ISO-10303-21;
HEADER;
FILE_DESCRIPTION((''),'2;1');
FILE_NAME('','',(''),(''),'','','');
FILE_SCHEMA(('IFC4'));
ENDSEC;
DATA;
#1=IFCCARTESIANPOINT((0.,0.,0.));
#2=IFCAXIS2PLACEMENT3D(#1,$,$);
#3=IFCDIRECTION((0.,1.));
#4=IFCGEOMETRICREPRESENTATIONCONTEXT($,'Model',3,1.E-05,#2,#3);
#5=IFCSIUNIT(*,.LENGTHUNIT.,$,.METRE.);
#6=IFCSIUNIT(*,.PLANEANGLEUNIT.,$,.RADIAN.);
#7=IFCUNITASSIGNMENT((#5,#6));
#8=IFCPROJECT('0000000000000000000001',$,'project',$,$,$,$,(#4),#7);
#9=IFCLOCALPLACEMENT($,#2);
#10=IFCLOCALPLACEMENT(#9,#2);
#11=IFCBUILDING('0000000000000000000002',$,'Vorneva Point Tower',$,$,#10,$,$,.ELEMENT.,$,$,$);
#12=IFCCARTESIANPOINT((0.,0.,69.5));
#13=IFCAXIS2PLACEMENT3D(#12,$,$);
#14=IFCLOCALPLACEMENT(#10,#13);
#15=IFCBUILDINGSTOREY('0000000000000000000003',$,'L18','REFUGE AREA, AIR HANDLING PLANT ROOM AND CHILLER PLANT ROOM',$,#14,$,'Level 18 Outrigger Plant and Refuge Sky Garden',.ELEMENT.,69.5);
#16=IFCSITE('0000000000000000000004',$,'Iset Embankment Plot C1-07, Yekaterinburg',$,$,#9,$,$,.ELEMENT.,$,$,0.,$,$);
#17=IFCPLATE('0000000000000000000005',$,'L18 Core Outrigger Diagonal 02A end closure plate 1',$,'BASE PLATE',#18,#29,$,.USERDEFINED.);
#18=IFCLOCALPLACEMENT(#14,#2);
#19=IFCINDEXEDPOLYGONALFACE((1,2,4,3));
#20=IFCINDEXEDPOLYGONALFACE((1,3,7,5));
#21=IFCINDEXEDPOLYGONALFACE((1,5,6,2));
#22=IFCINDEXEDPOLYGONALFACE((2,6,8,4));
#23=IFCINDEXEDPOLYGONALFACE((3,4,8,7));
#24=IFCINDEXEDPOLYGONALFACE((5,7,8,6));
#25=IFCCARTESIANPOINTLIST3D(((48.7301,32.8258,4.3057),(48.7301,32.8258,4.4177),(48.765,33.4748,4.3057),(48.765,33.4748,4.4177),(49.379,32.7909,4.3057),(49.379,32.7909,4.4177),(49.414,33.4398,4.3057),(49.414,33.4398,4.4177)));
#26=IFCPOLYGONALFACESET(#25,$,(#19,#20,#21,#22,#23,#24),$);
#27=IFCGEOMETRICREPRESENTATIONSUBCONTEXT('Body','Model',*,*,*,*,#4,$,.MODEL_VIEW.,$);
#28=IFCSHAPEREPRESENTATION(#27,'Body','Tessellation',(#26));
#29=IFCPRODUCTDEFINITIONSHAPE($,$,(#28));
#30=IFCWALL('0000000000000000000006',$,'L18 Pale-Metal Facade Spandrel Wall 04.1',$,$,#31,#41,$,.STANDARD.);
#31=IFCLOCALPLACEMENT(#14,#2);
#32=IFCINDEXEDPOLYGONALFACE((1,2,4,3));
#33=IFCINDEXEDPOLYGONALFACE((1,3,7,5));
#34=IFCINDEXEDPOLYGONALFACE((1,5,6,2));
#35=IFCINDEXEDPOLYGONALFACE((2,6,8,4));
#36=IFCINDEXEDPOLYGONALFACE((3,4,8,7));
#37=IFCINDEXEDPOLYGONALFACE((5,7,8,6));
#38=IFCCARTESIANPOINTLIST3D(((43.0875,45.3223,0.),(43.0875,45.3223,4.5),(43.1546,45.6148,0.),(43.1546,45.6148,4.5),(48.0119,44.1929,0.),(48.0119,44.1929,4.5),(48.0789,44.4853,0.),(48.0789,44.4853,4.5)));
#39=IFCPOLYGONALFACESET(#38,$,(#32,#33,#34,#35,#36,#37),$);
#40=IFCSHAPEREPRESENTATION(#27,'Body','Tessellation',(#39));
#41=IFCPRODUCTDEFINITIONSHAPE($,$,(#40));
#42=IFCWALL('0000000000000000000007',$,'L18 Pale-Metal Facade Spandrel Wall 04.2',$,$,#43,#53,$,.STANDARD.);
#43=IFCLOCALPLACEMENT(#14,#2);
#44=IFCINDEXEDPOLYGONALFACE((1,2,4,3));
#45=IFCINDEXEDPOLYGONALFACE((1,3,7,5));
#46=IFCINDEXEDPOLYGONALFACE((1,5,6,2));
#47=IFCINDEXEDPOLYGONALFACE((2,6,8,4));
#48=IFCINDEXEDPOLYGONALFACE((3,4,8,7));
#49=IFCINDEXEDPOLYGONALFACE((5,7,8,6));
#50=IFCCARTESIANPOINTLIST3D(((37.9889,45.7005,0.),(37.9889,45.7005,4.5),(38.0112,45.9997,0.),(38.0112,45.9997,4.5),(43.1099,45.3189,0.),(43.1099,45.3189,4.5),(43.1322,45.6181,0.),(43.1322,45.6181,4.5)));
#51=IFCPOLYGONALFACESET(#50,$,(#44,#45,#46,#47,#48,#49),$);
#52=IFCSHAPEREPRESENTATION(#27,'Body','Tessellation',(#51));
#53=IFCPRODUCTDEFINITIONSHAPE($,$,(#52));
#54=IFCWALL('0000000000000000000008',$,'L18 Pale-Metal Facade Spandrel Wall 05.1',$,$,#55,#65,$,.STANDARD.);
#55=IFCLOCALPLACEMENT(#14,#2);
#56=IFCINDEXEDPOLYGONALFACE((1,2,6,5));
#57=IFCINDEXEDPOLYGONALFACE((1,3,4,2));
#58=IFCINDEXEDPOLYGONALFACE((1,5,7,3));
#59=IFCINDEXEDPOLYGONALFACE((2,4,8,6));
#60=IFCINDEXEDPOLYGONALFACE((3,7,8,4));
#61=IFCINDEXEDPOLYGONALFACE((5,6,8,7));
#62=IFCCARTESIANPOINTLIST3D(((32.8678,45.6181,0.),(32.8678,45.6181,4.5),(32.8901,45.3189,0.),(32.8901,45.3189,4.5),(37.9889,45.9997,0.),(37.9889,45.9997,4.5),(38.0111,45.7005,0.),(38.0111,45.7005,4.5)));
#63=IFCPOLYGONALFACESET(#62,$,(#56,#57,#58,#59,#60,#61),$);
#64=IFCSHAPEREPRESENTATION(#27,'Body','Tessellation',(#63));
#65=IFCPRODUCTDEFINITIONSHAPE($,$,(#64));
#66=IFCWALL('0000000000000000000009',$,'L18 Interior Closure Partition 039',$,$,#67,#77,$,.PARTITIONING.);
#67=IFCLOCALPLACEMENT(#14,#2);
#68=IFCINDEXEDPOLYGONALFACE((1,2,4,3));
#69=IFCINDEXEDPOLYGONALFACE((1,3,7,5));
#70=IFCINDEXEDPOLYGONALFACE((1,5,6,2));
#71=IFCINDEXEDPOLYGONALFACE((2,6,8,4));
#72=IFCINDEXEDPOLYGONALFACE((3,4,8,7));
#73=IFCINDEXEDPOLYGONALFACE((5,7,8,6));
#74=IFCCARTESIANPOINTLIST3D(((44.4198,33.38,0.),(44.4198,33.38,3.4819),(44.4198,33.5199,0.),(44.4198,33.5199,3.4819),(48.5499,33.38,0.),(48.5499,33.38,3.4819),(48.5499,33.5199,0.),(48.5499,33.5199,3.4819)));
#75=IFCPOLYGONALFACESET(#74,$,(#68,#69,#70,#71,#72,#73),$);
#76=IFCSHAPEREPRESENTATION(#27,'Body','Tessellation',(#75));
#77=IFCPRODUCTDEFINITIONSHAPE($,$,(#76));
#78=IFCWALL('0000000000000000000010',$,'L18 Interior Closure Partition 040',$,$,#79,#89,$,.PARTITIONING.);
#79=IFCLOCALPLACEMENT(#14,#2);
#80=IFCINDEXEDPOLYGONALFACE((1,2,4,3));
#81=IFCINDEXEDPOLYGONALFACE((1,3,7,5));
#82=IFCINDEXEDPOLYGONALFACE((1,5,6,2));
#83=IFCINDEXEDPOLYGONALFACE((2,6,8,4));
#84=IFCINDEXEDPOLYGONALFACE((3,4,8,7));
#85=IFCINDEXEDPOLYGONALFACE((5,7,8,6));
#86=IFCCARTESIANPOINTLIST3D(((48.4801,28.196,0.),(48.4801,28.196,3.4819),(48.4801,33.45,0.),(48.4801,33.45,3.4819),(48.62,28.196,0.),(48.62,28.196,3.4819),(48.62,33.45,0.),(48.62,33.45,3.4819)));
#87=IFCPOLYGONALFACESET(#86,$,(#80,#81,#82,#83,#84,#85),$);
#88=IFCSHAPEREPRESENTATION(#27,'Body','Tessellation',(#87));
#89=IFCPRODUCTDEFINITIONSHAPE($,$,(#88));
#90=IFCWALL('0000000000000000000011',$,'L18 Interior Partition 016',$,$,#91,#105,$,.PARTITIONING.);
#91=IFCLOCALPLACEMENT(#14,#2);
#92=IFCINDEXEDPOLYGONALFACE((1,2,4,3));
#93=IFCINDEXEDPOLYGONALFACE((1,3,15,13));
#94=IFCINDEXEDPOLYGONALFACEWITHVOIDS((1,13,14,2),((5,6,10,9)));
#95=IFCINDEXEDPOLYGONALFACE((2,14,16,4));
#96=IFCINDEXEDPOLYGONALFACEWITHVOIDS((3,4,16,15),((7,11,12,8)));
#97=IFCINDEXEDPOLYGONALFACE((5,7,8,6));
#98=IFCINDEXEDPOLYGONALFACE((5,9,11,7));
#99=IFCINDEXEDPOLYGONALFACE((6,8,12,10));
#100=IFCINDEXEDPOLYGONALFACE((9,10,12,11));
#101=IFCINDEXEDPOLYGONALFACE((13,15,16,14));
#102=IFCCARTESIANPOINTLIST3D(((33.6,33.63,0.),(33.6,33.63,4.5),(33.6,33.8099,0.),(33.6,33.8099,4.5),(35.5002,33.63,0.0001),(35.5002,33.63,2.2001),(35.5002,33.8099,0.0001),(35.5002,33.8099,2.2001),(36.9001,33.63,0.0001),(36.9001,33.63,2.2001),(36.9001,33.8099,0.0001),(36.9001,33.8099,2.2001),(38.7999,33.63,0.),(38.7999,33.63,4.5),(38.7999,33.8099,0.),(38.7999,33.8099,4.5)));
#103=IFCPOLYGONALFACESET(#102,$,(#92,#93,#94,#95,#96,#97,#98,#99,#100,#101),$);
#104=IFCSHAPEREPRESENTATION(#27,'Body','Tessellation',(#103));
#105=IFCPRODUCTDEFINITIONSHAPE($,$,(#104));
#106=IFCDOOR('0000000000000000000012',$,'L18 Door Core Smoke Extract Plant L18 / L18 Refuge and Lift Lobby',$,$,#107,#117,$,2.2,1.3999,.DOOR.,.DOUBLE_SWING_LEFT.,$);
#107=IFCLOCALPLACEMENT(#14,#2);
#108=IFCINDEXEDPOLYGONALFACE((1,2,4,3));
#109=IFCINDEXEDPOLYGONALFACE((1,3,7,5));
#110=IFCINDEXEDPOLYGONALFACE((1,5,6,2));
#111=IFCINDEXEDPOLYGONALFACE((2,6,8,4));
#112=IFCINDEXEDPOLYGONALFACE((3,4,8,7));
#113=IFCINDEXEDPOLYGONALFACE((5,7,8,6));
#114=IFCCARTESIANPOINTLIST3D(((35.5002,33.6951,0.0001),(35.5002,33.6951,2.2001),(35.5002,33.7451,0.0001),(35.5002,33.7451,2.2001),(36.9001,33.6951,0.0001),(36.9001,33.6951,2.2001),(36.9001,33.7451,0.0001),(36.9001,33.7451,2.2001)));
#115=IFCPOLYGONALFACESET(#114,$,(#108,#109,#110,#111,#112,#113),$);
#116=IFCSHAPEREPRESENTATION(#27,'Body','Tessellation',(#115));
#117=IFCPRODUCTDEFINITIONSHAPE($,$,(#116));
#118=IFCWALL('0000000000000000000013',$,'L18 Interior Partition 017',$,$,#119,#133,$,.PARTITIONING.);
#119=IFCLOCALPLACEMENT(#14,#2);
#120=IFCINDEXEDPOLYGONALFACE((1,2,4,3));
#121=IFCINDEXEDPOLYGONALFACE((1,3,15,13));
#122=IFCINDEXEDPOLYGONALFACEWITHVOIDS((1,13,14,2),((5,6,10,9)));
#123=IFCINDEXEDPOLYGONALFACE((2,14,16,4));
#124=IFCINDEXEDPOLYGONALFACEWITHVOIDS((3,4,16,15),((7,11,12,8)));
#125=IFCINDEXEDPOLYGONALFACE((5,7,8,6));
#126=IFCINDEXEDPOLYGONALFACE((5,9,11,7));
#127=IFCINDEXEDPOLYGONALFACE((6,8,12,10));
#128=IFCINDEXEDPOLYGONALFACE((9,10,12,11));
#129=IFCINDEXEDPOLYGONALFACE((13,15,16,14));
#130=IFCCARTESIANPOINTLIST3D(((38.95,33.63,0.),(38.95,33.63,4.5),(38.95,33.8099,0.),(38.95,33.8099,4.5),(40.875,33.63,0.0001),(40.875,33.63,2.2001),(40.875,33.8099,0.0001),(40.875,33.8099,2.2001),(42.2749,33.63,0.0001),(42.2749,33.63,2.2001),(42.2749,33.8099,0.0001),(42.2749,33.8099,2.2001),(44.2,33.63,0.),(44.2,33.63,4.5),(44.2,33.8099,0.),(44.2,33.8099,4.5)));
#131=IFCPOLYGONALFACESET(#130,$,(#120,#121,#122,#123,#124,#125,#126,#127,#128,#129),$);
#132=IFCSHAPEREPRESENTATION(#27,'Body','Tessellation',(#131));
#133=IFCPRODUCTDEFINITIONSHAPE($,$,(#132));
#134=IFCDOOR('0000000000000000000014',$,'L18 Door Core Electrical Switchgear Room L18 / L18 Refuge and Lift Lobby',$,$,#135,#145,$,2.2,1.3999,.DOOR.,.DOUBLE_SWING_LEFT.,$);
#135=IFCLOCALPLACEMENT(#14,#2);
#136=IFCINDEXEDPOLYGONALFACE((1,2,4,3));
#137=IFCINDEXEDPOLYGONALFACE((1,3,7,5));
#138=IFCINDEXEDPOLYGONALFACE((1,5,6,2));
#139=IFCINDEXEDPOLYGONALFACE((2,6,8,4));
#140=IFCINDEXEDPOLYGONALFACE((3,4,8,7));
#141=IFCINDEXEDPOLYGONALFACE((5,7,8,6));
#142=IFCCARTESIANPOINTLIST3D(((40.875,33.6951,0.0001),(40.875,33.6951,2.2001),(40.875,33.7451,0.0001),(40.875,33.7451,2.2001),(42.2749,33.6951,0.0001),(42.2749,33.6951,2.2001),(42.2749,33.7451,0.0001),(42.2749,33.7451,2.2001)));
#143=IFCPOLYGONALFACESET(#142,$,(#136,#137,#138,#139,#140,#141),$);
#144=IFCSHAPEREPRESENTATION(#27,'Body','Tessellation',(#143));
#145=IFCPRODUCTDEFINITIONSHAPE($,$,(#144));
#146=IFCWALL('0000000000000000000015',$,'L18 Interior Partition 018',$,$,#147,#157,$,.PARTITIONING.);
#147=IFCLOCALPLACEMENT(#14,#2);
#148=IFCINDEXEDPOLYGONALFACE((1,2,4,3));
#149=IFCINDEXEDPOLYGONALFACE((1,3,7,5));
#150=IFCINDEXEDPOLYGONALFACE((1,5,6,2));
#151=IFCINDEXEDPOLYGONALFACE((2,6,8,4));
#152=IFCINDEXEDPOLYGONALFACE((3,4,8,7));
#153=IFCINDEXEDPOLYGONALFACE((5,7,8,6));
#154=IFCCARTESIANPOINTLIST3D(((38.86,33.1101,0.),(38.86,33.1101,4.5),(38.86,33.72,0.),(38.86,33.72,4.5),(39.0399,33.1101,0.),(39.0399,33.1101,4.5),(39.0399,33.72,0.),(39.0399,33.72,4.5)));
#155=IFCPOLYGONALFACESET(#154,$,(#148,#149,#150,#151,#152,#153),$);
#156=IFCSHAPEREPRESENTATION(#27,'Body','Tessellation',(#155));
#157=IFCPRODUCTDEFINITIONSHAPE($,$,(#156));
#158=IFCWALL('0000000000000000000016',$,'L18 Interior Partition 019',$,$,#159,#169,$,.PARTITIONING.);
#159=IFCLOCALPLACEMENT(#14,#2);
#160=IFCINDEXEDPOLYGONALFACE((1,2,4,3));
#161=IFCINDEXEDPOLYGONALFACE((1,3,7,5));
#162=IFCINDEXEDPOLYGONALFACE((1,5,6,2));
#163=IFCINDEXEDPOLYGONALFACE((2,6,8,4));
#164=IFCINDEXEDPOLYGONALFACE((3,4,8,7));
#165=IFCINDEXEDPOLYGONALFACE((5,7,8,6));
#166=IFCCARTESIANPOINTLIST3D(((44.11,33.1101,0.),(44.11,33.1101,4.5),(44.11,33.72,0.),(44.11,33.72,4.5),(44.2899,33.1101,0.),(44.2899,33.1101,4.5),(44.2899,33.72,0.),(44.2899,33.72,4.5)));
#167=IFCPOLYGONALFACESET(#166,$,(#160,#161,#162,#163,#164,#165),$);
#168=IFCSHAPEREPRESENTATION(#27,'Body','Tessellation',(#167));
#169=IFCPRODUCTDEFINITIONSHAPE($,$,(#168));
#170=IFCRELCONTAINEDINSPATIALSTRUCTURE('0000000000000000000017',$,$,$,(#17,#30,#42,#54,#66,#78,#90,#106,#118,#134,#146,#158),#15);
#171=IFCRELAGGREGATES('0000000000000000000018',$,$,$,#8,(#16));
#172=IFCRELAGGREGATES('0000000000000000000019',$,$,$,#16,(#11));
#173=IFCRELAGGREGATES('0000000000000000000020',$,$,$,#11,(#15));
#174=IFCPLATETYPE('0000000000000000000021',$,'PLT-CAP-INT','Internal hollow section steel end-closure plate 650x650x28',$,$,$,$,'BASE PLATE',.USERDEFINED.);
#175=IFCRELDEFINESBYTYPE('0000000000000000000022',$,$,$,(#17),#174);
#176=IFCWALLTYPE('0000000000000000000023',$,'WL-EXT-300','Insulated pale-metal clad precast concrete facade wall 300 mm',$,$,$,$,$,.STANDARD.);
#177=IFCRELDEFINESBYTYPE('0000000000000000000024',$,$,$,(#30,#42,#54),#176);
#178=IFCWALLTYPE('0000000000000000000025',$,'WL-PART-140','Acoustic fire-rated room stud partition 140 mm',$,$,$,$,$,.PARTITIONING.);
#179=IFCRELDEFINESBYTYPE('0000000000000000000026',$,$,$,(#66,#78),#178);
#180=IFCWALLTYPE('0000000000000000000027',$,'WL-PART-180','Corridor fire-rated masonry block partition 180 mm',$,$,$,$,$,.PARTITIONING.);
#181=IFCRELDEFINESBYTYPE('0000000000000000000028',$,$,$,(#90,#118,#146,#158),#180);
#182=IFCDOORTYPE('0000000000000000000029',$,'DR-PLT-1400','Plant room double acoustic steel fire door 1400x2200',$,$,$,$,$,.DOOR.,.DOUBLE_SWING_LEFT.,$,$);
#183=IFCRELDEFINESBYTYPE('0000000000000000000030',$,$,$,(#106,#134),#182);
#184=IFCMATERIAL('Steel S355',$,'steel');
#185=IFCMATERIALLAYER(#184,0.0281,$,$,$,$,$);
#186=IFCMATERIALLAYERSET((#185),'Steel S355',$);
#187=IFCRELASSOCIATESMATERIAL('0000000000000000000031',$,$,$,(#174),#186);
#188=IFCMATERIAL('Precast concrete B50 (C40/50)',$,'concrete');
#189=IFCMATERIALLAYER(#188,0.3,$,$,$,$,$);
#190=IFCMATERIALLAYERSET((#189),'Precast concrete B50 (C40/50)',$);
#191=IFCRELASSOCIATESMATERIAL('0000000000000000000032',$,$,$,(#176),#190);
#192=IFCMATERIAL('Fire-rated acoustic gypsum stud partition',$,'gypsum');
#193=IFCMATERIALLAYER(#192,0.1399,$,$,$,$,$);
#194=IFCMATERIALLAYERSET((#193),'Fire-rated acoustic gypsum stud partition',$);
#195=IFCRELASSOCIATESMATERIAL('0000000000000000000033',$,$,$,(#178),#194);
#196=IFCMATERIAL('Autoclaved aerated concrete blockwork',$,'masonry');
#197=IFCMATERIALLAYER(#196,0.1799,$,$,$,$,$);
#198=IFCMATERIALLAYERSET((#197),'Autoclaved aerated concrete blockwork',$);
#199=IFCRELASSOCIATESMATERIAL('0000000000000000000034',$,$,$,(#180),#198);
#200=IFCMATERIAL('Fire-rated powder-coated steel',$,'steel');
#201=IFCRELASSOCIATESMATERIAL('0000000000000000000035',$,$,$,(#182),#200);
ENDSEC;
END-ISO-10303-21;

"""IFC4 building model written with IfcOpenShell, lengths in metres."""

from ifc_helpers import new_model, si_unit, direction, frame, frame_2d, origin, origin_2d, place, context, subcontext, project, spatial, rectangle, extrude, material, layer, layer_set, type_object, element, fill, save


model = new_model("IFC4")

# Units and contexts
model_context = context("Model", 3, precision=1e-05, world=origin(), true_north=direction((0.0, 1.0)))
body_context = subcontext(model_context, "Body", "Model", "MODEL_VIEW")
ifc_project = project(units=[si_unit("LENGTHUNIT", "METRE"), si_unit("PLANEANGLEUNIT", "RADIAN")], contexts=[model_context])

# Site, building, storey
site_placement = place(None, origin())
site = spatial("IfcSite", under=ifc_project, at=site_placement, Name="Iset Embankment Plot C1-07, Yekaterinburg", CompositionType="ELEMENT", RefElevation=0.0)
building_placement = place(site_placement, origin())
building = spatial("IfcBuilding", under=site, at=building_placement, Name="Vorneva Point Tower", CompositionType="ELEMENT")
storey_placement = place(building_placement, frame((0.0, 0.0, 69.5)))
storey = spatial("IfcBuildingStorey", under=building, at=storey_placement, Name="L18", Description="REFUGE AREA, AIR HANDLING PLANT ROOM AND CHILLER PLANT ROOM", LongName="Level 18 Outrigger Plant and Refuge Sky Garden", CompositionType="ELEMENT", Elevation=69.5)

# Shared definitions
ifc_material_1 = material(Name="Steel S355", Category="steel")

# Plate
ifc_layer_1 = layer(ifc_material_1, 0.0281)
ifc_layer_set_1 = layer_set([ifc_layer_1], Name="Steel S355")
plate_type = type_object("IfcPlateType", Name="PLT-CAP-INT", Description="Internal hollow section steel end-closure plate 650x650x28", ElementType="BASE PLATE", PredefinedType="USERDEFINED", material=ifc_layer_set_1)
plate_placement = place(storey_placement, frame((49.072, 33.1328, 4.3057), z_axis=(0.0, 0.0, 1.0), x_axis=(0.998554, -0.053765, 0.0)))
element("IfcPlate", 1, at=plate_placement, inside=storey, type_object=plate_type, Name="L18 Core Outrigger Diagonal 02A end closure plate 1", ObjectType="BASE PLATE", PredefinedType="USERDEFINED", context=body_context, shape_type="SweptSolid", body=[
    extrude(rectangle(XDim=0.6499, YDim=0.6499, at=origin_2d()), origin(), (0.0, 0.0, 1.0), 0.1121),
])

# Walls
ifc_material_2 = material(Name="Precast concrete B50 (C40/50)", Category="concrete")
ifc_layer_2 = layer(ifc_material_2, 0.3)
ifc_layer_set_2 = layer_set([ifc_layer_2], Name="Precast concrete B50 (C40/50)")
wall_type_1 = type_object("IfcWallType", Name="WL-EXT-300", Description="Insulated pale-metal clad precast concrete facade wall 300 mm", PredefinedType="STANDARD", material=ifc_layer_set_2)
wall_1_placement = place(storey_placement, frame((48.0454, 44.3391, 0.0), z_axis=(0.0, 0.0, 1.0), x_axis=(-0.974693, 0.223546, 0.0)))
element("IfcWall", 2, at=wall_1_placement, inside=storey, type_object=wall_type_1, Name="L18 Pale-Metal Facade Spandrel Wall 04.1", PredefinedType="STANDARD", context=body_context, shape_type="SweptSolid", body=[
    extrude(rectangle(XDim=5.0522, YDim=0.3, at=frame_2d((2.5261, 0.0))), origin(), (0.0, 0.0, 1.0), 4.5),
])
for number, where, z_axis, x_axis, name in (
    (3, (43.1211, 45.4685, 0.0), (0.0, 0.0, 1.0), (-0.997235, 0.074308, 0.0), "L18 Pale-Metal Facade Spandrel Wall 04.2"),
    (4, (38.0, 45.8501, 0.0), (0.0, 0.0, 1.0), (-0.997235, -0.074308, 0.0), "L18 Pale-Metal Facade Spandrel Wall 05.1"),
):
    element("IfcWall", number, at=place(storey_placement, frame(where, z_axis=z_axis, x_axis=x_axis)), inside=storey, type_object=wall_type_1, Name=name, PredefinedType="STANDARD", context=body_context, shape_type="SweptSolid", body=[
        extrude(rectangle(XDim=5.1353, YDim=0.3, at=frame_2d((2.5676, 0.0))), origin(), (0.0, 0.0, 1.0), 4.5),
    ])
ifc_material_3 = material(Name="Fire-rated acoustic gypsum stud partition", Category="gypsum")
ifc_layer_3 = layer(ifc_material_3, 0.1399)
ifc_layer_set_3 = layer_set([ifc_layer_3], Name="Fire-rated acoustic gypsum stud partition")
wall_type_2 = type_object("IfcWallType", Name="WL-PART-140", Description="Acoustic fire-rated room stud partition 140 mm", PredefinedType="PARTITIONING", material=ifc_layer_set_3)
wall_2_placement = place(storey_placement, frame((44.4199, 33.45, 0.0), z_axis=(0.0, 0.0, 1.0), x_axis=(1.0, 0.0, 0.0)))
element("IfcWall", 5, at=wall_2_placement, inside=storey, type_object=wall_type_2, Name="L18 Interior Closure Partition 039", PredefinedType="PARTITIONING", context=body_context, shape_type="SweptSolid", body=[
    extrude(rectangle(XDim=4.1301, YDim=0.1399, at=frame_2d((2.0649, 0.0))), origin(), (0.0, 0.0, 1.0), 3.4819),
])
wall_3_placement = place(storey_placement, frame((48.55, 33.45, 0.0), z_axis=(0.0, 0.0, 1.0), x_axis=(0.0, -1.0, 0.0)))
element("IfcWall", 6, at=wall_3_placement, inside=storey, type_object=wall_type_2, Name="L18 Interior Closure Partition 040", PredefinedType="PARTITIONING", context=body_context, shape_type="SweptSolid", body=[
    extrude(rectangle(XDim=5.2539, YDim=0.1399, at=frame_2d((2.627, 0.0))), origin(), (0.0, 0.0, 1.0), 3.4819),
])

# Walls, openings, doors
ifc_material_4 = material(Name="Autoclaved aerated concrete blockwork", Category="masonry")
ifc_layer_4 = layer(ifc_material_4, 0.1799)
ifc_layer_set_4 = layer_set([ifc_layer_4], Name="Autoclaved aerated concrete blockwork")
wall_type_3 = type_object("IfcWallType", Name="WL-PART-180", Description="Corridor fire-rated masonry block partition 180 mm", PredefinedType="PARTITIONING", material=ifc_layer_set_4)
wall_4_placement = place(storey_placement, frame((38.8, 33.72, 0.0), z_axis=(0.0, 0.0, 1.0), x_axis=(-1.0, 0.0, 0.0)))
wall_4 = element("IfcWall", 7, at=wall_4_placement, inside=storey, type_object=wall_type_3, Name="L18 Interior Partition 016", PredefinedType="PARTITIONING", context=body_context, shape_type="SweptSolid", body=[
    extrude(rectangle(XDim=5.2, YDim=0.1799, at=frame_2d((2.6001, 0.0))), origin(), (0.0, 0.0, 1.0), 4.5),
])
opening_1_placement = place(wall_4_placement, frame((1.8999, 0.0, 0.0)))
opening_1 = element("IfcOpeningElement", 8, at=opening_1_placement, cuts=wall_4, PredefinedType="OPENING", context=body_context, shape_type="SweptSolid", body=[
    extrude(rectangle(XDim=1.3999, YDim=2.2, at=frame_2d((0.7, 1.1001))), frame((0.0, 0.105, 0.0), z_axis=(0.0, -1.0, 0.0), x_axis=(1.0, 0.0, 0.0)), (0.0, 0.0, 1.0), 0.2097),
])
ifc_material_5 = material(Name="Fire-rated powder-coated steel", Category="steel")
door_type_1 = type_object("IfcDoorType", Name="DR-PLT-1400", Description="Plant room double acoustic steel fire door 1400x2200", OperationType="DOUBLE_SWING_LEFT", PredefinedType="DOOR", material=ifc_material_5)
door_1_placement = place(opening_1_placement, origin())
door_1 = element("IfcDoor", 9, at=door_1_placement, inside=storey, type_object=door_type_1, Name="L18 Door Core Smoke Extract Plant L18 / L18 Refuge and Lift Lobby", OperationType="DOUBLE_SWING_LEFT", OverallHeight=2.2, OverallWidth=1.3999, PredefinedType="DOOR", context=body_context, shape_type="SweptSolid", body=[
    extrude(rectangle(XDim=1.3999, YDim=2.2, at=frame_2d((0.7, 1.1001))), frame((0.0, 0.0249, 0.0), z_axis=(0.0, -1.0, 0.0), x_axis=(1.0, 0.0, 0.0)), (0.0, 0.0, 1.0), 0.05),
])
fill(opening_1, door_1)
wall_5_placement = place(storey_placement, frame((44.2, 33.72, 0.0), z_axis=(0.0, 0.0, 1.0), x_axis=(-1.0, 0.0, 0.0)))
wall_5 = element("IfcWall", 10, at=wall_5_placement, inside=storey, type_object=wall_type_3, Name="L18 Interior Partition 017", PredefinedType="PARTITIONING", context=body_context, shape_type="SweptSolid", body=[
    extrude(rectangle(XDim=5.25, YDim=0.1799, at=frame_2d((2.625, 0.0))), origin(), (0.0, 0.0, 1.0), 4.5),
])
opening_2_placement = place(wall_5_placement, frame((1.925, 0.0, 0.0)))
opening_2 = element("IfcOpeningElement", 11, at=opening_2_placement, cuts=wall_5, PredefinedType="OPENING", context=body_context, shape_type="SweptSolid", body=[
    extrude(rectangle(XDim=1.3999, YDim=2.2, at=frame_2d((0.7, 1.1001))), frame((0.0, 0.105, 0.0), z_axis=(0.0, -1.0, 0.0), x_axis=(1.0, 0.0, 0.0)), (0.0, 0.0, 1.0), 0.2097),
])
door_2_placement = place(opening_2_placement, origin())
door_2 = element("IfcDoor", 12, at=door_2_placement, inside=storey, type_object=door_type_1, Name="L18 Door Core Electrical Switchgear Room L18 / L18 Refuge and Lift Lobby", OperationType="DOUBLE_SWING_LEFT", OverallHeight=2.2, OverallWidth=1.3999, PredefinedType="DOOR", context=body_context, shape_type="SweptSolid", body=[
    extrude(rectangle(XDim=1.3999, YDim=2.2, at=frame_2d((0.7, 1.1001))), frame((0.0, 0.0249, 0.0), z_axis=(0.0, -1.0, 0.0), x_axis=(1.0, 0.0, 0.0)), (0.0, 0.0, 1.0), 0.05),
])
fill(opening_2, door_2)

# Walls
for number, where, z_axis, x_axis, name in (
    (13, (38.95, 33.72, 0.0), (0.0, 0.0, 1.0), (0.0, -1.0, 0.0), "L18 Interior Partition 018"),
    (14, (44.2, 33.1101, 0.0), (0.0, 0.0, 1.0), (0.0, 1.0, 0.0), "L18 Interior Partition 019"),
):
    element("IfcWall", number, at=place(storey_placement, frame(where, z_axis=z_axis, x_axis=x_axis)), inside=storey, type_object=wall_type_3, Name=name, PredefinedType="PARTITIONING", context=body_context, shape_type="SweptSolid", body=[
        extrude(rectangle(XDim=0.6099, YDim=0.1799, at=frame_2d((0.3049, 0.0))), origin(), (0.0, 0.0, 1.0), 4.5),
    ])

save(model, "model.ifc")
